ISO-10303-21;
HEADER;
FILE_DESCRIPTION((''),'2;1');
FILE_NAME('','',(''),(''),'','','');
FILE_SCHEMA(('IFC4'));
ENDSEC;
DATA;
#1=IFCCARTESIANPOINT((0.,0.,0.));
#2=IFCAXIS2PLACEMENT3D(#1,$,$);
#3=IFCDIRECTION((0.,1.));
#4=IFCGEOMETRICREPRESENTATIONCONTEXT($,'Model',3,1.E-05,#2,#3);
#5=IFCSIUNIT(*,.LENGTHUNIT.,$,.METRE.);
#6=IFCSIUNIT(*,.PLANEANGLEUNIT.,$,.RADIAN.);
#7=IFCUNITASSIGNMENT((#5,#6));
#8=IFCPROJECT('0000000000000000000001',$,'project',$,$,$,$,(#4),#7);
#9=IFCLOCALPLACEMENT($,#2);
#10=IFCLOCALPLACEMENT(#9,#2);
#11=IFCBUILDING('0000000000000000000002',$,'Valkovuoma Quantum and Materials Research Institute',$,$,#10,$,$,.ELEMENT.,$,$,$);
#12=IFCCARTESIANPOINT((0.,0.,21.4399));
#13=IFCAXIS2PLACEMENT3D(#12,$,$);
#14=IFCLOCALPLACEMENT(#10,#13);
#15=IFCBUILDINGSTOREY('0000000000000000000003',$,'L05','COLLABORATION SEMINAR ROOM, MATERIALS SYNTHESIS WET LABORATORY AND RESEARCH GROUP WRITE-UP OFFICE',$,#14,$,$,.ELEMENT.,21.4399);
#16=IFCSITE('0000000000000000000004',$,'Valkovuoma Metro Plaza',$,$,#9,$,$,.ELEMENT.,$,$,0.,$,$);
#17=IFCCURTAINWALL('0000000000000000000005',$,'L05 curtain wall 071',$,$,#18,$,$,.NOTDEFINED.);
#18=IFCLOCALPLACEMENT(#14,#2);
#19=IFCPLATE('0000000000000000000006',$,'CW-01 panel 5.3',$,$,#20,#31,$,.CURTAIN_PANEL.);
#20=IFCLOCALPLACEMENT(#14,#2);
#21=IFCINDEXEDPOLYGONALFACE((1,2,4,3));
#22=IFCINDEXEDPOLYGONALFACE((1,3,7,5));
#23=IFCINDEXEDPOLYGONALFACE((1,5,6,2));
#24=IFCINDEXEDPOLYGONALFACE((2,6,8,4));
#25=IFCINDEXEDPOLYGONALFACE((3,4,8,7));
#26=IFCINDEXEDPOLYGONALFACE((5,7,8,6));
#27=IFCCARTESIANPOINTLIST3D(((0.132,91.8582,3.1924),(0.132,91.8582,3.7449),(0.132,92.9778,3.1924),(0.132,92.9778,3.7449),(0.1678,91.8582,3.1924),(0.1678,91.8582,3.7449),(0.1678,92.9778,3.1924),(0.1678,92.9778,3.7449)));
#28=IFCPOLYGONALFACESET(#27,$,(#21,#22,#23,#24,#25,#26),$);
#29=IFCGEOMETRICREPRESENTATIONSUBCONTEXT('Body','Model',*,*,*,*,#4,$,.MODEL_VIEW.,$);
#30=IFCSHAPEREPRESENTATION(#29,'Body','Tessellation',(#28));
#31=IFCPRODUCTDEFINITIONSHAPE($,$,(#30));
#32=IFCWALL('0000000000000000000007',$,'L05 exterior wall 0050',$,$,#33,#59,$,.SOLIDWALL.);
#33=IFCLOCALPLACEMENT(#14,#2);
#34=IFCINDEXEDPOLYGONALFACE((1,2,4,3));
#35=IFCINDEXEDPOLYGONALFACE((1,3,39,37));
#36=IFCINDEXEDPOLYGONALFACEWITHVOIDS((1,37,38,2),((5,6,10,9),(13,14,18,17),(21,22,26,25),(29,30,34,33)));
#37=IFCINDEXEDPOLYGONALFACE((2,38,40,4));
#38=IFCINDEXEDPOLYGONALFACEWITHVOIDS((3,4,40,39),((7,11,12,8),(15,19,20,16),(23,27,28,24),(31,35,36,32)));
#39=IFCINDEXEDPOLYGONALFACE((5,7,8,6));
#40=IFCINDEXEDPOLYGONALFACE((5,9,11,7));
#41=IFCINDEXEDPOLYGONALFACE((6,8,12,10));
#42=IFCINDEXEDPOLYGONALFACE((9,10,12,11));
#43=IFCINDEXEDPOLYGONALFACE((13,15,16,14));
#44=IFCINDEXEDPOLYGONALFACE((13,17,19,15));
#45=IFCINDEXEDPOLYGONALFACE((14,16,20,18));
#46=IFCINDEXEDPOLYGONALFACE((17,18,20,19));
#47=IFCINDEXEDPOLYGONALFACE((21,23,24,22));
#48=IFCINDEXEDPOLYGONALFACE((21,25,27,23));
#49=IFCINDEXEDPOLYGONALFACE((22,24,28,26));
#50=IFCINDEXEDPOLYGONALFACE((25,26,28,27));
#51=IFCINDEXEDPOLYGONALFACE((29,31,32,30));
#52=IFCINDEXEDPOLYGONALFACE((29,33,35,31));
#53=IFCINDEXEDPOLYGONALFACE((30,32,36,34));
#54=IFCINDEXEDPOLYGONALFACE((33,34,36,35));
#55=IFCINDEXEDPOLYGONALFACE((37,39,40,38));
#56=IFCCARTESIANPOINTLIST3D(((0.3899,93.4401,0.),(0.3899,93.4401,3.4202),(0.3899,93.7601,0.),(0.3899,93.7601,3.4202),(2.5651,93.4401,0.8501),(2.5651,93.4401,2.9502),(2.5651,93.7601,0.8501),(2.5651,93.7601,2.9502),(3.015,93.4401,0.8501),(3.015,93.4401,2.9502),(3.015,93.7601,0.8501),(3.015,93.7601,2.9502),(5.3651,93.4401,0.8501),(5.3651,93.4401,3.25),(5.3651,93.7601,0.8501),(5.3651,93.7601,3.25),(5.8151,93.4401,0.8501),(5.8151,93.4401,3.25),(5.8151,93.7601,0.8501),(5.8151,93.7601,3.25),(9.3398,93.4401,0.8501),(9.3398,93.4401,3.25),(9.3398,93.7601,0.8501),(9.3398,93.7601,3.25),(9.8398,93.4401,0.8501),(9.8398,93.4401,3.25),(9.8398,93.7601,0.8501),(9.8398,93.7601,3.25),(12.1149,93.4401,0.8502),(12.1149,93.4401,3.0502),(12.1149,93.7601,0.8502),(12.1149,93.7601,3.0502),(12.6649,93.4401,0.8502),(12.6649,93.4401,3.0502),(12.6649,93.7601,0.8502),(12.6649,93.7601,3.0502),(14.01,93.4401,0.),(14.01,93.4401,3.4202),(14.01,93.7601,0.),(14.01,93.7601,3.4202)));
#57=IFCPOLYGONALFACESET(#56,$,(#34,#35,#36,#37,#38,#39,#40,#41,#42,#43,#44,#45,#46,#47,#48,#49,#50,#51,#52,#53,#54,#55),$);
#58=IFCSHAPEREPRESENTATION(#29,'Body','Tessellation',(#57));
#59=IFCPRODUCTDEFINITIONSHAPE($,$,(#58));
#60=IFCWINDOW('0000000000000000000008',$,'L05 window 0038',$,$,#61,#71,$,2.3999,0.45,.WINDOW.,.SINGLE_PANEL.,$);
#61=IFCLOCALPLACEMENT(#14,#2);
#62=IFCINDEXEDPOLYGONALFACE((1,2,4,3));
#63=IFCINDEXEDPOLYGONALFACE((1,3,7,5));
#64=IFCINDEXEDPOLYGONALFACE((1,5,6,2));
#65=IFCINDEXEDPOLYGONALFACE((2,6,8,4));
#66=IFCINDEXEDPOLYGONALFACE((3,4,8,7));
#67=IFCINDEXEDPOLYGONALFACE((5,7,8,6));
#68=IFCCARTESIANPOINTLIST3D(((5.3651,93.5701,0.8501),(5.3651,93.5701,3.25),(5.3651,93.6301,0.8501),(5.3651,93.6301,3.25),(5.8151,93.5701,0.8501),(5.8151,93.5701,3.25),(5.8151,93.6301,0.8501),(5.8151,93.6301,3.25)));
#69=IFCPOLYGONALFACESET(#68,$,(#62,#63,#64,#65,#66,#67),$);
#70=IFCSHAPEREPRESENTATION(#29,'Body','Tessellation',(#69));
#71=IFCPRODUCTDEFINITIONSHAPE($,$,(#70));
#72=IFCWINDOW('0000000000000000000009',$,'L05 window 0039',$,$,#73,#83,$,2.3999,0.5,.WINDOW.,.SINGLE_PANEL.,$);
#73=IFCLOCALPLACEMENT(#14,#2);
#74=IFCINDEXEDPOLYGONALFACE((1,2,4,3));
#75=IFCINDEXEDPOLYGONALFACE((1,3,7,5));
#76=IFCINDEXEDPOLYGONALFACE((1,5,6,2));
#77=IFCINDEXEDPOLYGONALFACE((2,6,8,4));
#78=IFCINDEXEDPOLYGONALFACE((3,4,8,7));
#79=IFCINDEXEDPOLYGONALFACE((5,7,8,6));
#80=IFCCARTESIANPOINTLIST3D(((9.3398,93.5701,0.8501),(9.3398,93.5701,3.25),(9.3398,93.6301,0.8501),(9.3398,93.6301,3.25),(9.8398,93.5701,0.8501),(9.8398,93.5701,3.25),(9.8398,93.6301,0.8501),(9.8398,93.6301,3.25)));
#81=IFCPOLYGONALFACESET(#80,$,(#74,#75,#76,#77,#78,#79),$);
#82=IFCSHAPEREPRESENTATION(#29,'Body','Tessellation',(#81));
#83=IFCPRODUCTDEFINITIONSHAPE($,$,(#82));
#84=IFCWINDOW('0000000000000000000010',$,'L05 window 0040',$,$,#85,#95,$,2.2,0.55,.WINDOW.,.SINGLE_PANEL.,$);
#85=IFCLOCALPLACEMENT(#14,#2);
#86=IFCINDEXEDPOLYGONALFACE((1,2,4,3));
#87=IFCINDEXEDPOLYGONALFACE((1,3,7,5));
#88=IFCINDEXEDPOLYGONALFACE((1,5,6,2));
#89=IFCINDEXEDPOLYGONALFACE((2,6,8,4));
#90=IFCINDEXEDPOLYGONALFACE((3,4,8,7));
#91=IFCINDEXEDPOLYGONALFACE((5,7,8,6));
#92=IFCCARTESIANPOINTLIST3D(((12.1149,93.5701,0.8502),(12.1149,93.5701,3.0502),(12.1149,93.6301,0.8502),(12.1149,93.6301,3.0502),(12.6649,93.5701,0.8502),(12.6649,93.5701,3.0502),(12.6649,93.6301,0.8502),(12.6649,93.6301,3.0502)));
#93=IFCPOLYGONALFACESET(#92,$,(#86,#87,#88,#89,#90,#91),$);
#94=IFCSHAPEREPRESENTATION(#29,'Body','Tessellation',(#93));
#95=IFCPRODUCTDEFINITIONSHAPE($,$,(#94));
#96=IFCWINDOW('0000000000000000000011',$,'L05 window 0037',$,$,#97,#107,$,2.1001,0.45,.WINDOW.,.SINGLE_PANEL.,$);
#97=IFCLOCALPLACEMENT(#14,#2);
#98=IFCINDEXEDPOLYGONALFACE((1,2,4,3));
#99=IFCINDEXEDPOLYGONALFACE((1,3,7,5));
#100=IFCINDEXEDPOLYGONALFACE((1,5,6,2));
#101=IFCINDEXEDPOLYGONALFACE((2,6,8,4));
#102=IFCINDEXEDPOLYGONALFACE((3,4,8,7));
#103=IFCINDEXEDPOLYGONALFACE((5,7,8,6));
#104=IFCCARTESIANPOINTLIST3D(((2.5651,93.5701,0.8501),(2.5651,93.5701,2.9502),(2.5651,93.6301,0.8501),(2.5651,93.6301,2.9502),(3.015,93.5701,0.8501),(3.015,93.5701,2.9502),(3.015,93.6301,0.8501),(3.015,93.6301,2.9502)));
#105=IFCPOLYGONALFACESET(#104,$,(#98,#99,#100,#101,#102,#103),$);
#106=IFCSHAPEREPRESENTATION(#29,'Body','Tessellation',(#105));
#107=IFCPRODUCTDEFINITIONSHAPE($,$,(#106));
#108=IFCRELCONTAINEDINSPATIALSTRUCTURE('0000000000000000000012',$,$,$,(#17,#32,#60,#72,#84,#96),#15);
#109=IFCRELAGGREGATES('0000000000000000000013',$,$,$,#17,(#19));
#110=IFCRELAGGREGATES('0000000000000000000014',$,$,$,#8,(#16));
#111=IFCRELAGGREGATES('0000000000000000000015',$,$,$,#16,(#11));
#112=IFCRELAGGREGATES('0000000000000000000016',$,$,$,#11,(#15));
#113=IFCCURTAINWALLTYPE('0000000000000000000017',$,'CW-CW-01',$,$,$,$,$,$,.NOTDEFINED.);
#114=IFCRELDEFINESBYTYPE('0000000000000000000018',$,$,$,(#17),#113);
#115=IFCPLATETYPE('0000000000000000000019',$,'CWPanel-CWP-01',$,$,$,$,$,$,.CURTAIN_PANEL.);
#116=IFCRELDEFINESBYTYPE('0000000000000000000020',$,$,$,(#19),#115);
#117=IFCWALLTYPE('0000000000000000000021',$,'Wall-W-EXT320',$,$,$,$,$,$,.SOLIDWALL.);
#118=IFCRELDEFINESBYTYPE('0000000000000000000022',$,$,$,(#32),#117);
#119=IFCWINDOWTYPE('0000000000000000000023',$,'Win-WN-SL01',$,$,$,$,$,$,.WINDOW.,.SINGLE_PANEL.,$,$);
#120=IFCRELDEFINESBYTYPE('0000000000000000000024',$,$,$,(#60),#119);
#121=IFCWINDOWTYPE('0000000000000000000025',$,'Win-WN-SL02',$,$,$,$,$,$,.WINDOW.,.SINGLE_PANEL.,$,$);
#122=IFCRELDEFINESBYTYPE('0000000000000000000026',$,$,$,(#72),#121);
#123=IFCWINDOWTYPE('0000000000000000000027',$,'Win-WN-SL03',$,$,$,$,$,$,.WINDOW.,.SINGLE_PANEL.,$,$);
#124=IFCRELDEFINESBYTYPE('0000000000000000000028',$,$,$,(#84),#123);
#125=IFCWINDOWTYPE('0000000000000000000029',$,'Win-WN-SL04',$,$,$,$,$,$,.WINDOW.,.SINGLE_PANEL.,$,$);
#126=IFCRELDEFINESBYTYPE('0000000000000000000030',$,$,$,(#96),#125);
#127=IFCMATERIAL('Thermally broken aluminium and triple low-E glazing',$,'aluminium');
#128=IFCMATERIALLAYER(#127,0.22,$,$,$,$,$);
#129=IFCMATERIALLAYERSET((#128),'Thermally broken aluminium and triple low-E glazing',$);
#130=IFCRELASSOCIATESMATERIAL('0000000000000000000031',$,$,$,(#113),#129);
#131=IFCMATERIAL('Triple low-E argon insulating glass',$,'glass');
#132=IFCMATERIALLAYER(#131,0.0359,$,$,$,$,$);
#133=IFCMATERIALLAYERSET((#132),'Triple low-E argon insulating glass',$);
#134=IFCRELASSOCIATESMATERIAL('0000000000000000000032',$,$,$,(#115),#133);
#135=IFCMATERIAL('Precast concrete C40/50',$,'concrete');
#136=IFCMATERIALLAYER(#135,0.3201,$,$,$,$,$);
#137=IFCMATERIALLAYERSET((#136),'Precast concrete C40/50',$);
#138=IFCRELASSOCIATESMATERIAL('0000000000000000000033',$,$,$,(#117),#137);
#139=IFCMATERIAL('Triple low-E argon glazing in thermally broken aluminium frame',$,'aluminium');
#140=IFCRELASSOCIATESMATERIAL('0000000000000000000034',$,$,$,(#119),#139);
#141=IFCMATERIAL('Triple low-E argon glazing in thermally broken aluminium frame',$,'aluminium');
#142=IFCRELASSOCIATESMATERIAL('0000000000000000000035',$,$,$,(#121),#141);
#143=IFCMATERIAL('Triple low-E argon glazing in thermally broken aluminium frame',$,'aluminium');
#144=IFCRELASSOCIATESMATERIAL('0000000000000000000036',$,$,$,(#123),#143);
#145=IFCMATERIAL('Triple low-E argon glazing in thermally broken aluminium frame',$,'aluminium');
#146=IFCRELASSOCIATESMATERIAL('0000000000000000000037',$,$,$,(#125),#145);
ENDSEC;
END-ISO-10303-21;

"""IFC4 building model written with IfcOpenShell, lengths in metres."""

from ifc_helpers import new_model, si_unit, direction, frame, frame_2d, origin, origin_2d, place, context, subcontext, project, spatial, rectangle, extrude, material, layer, layer_set, type_object, element, fill, aggregate, save


model = new_model("IFC4")

# Units and contexts
model_context = context("Model", 3, precision=1e-05, world=origin(), true_north=direction((0.0, 1.0)))
body_context = subcontext(model_context, "Body", "Model", "MODEL_VIEW")
ifc_project = project(units=[si_unit("LENGTHUNIT", "METRE"), si_unit("PLANEANGLEUNIT", "RADIAN")], contexts=[model_context])

# Site, building, storey
site_placement = place(None, origin())
site = spatial("IfcSite", under=ifc_project, at=site_placement, Name="Valkovuoma Metro Plaza", CompositionType="ELEMENT", RefElevation=0.0)
building_placement = place(site_placement, origin())
building = spatial("IfcBuilding", under=site, at=building_placement, Name="Valkovuoma Quantum and Materials Research Institute", CompositionType="ELEMENT")
storey_placement = place(building_placement, frame((0.0, 0.0, 21.4399)))
storey = spatial("IfcBuildingStorey", under=building, at=storey_placement, Name="L05", Description="COLLABORATION SEMINAR ROOM, MATERIALS SYNTHESIS WET LABORATORY AND RESEARCH GROUP WRITE-UP OFFICE", CompositionType="ELEMENT", Elevation=21.4399)

# Curtain wall, plate
ifc_material_1 = material(Name="Thermally broken aluminium and triple low-E glazing", Category="aluminium")
ifc_layer_1 = layer(ifc_material_1, 0.22)
ifc_layer_set_1 = layer_set([ifc_layer_1], Name="Thermally broken aluminium and triple low-E glazing")
curtain_wall_type = type_object("IfcCurtainWallType", Name="CW-CW-01", PredefinedType="NOTDEFINED", material=ifc_layer_set_1)
curtain_wall_placement = place(storey_placement, origin())
curtain_wall = element("IfcCurtainWall", 1, at=curtain_wall_placement, inside=storey, type_object=curtain_wall_type, Name="L05 curtain wall 071", PredefinedType="NOTDEFINED")
ifc_material_2 = material(Name="Triple low-E argon insulating glass", Category="glass")
ifc_layer_2 = layer(ifc_material_2, 0.0359)
ifc_layer_set_2 = layer_set([ifc_layer_2], Name="Triple low-E argon insulating glass")
plate_type = type_object("IfcPlateType", Name="CWPanel-CWP-01", PredefinedType="CURTAIN_PANEL", material=ifc_layer_set_2)
plate_1_placement = place(storey_placement, frame((0.1499, 92.418, 3.1924), z_axis=(0.0, 0.0, 1.0), x_axis=(0.0, 1.0, 0.0)))
plate_1 = element("IfcPlate", 2, at=plate_1_placement, type_object=plate_type, Name="CW-01 panel 5.3", PredefinedType="CURTAIN_PANEL", context=body_context, shape_type="SweptSolid", body=[
    extrude(rectangle(XDim=1.1196, YDim=0.0359, at=origin_2d()), origin(), (0.0, 0.0, 1.0), 0.5525),
])
aggregate(curtain_wall, [plate_1])

# Wall, openings, windows
ifc_material_3 = material(Name="Precast concrete C40/50", Category="concrete")
ifc_layer_3 = layer(ifc_material_3, 0.3201)
ifc_layer_set_3 = layer_set([ifc_layer_3], Name="Precast concrete C40/50")
wall_type = type_object("IfcWallType", Name="Wall-W-EXT320", PredefinedType="SOLIDWALL", material=ifc_layer_set_3)
wall_placement = place(storey_placement, frame((0.3899, 93.6001, 0.0), z_axis=(0.0, 0.0, 1.0), x_axis=(1.0, 0.0, 0.0)))
wall = element("IfcWall", 3, at=wall_placement, inside=storey, type_object=wall_type, Name="L05 exterior wall 0050", PredefinedType="SOLIDWALL", context=body_context, shape_type="SweptSolid", body=[
    extrude(rectangle(XDim=13.6201, YDim=0.3201, at=frame_2d((6.8101, 0.0))), origin(), (0.0, 0.0, 1.0), 3.4202),
])
opening_1_placement = place(wall_placement, frame((2.175, 0.0, 0.8501)))
opening_1 = element("IfcOpeningElement", 4, at=opening_1_placement, cuts=wall, PredefinedType="OPENING", context=body_context, shape_type="SweptSolid", body=[
    extrude(rectangle(XDim=0.45, YDim=2.1001, at=frame_2d((0.2251, 1.05))), frame((0.0, 0.1699, 0.0), z_axis=(0.0, -1.0, 0.0), x_axis=(1.0, 0.0, 0.0)), (0.0, 0.0, 1.0), 0.3401),
])
opening_2_placement = place(wall_placement, frame((4.9751, 0.0, 0.8501)))
opening_2 = element("IfcOpeningElement", 5, at=opening_2_placement, cuts=wall, PredefinedType="OPENING", context=body_context, shape_type="SweptSolid", body=[
    extrude(rectangle(XDim=0.45, YDim=2.3999, at=frame_2d((0.2251, 1.2))), frame((0.0, 0.1699, 0.0), z_axis=(0.0, -1.0, 0.0), x_axis=(1.0, 0.0, 0.0)), (0.0, 0.0, 1.0), 0.3401),
])
opening_3_placement = place(wall_placement, frame((8.95, 0.0, 0.8501)))
opening_3 = element("IfcOpeningElement", 6, at=opening_3_placement, cuts=wall, PredefinedType="OPENING", context=body_context, shape_type="SweptSolid", body=[
    extrude(rectangle(XDim=0.5, YDim=2.3999, at=frame_2d((0.25, 1.2))), frame((0.0, 0.1699, 0.0), z_axis=(0.0, -1.0, 0.0), x_axis=(1.0, 0.0, 0.0)), (0.0, 0.0, 1.0), 0.3401),
])
opening_4_placement = place(wall_placement, frame((11.7251, 0.0, 0.8501)))
opening_4 = element("IfcOpeningElement", 7, at=opening_4_placement, cuts=wall, PredefinedType="OPENING", context=body_context, shape_type="SweptSolid", body=[
    extrude(rectangle(XDim=0.55, YDim=2.2, at=frame_2d((0.2749, 1.1001))), frame((0.0, 0.1699, 0.0), z_axis=(0.0, -1.0, 0.0), x_axis=(1.0, 0.0, 0.0)), (0.0, 0.0, 1.0), 0.3401),
])
ifc_material_4 = material(Name="Triple low-E argon glazing in thermally broken aluminium frame", Category="aluminium")
window_type_1 = type_object("IfcWindowType", Name="Win-WN-SL01", PartitioningType="SINGLE_PANEL", PredefinedType="WINDOW", material=ifc_material_4)
window_1_placement = place(opening_2_placement, origin())
window_1 = element("IfcWindow", 8, at=window_1_placement, inside=storey, type_object=window_type_1, Name="L05 window 0038", OverallHeight=2.3999, OverallWidth=0.45, PartitioningType="SINGLE_PANEL", PredefinedType="WINDOW", context=body_context, shape_type="SweptSolid", body=[
    extrude(rectangle(XDim=0.45, YDim=2.3999, at=frame_2d((0.2251, 1.2))), frame((0.0, 0.03, 0.0), z_axis=(0.0, -1.0, 0.0), x_axis=(1.0, 0.0, 0.0)), (0.0, 0.0, 1.0), 0.0601),
])
fill(opening_2, window_1)
ifc_material_5 = material(Name="Triple low-E argon glazing in thermally broken aluminium frame", Category="aluminium")
window_type_2 = type_object("IfcWindowType", Name="Win-WN-SL02", PartitioningType="SINGLE_PANEL", PredefinedType="WINDOW", material=ifc_material_5)
window_2_placement = place(opening_3_placement, origin())
window_2 = element("IfcWindow", 9, at=window_2_placement, inside=storey, type_object=window_type_2, Name="L05 window 0039", OverallHeight=2.3999, OverallWidth=0.5, PartitioningType="SINGLE_PANEL", PredefinedType="WINDOW", context=body_context, shape_type="SweptSolid", body=[
    extrude(rectangle(XDim=0.5, YDim=2.3999, at=frame_2d((0.25, 1.2))), frame((0.0, 0.03, 0.0), z_axis=(0.0, -1.0, 0.0), x_axis=(1.0, 0.0, 0.0)), (0.0, 0.0, 1.0), 0.0601),
])
fill(opening_3, window_2)
ifc_material_6 = material(Name="Triple low-E argon glazing in thermally broken aluminium frame", Category="aluminium")
window_type_3 = type_object("IfcWindowType", Name="Win-WN-SL03", PartitioningType="SINGLE_PANEL", PredefinedType="WINDOW", material=ifc_material_6)
window_3_placement = place(opening_4_placement, origin())
window_3 = element("IfcWindow", 10, at=window_3_placement, inside=storey, type_object=window_type_3, Name="L05 window 0040", OverallHeight=2.2, OverallWidth=0.55, PartitioningType="SINGLE_PANEL", PredefinedType="WINDOW", context=body_context, shape_type="SweptSolid", body=[
    extrude(rectangle(XDim=0.55, YDim=2.2, at=frame_2d((0.2749, 1.1001))), frame((0.0, 0.03, 0.0), z_axis=(0.0, -1.0, 0.0), x_axis=(1.0, 0.0, 0.0)), (0.0, 0.0, 1.0), 0.0601),
])
fill(opening_4, window_3)
ifc_material_7 = material(Name="Triple low-E argon glazing in thermally broken aluminium frame", Category="aluminium")
window_type_4 = type_object("IfcWindowType", Name="Win-WN-SL04", PartitioningType="SINGLE_PANEL", PredefinedType="WINDOW", material=ifc_material_7)
window_4_placement = place(opening_1_placement, origin())
window_4 = element("IfcWindow", 11, at=window_4_placement, inside=storey, type_object=window_type_4, Name="L05 window 0037", OverallHeight=2.1001, OverallWidth=0.45, PartitioningType="SINGLE_PANEL", PredefinedType="WINDOW", context=body_context, shape_type="SweptSolid", body=[
    extrude(rectangle(XDim=0.45, YDim=2.1001, at=frame_2d((0.2251, 1.05))), frame((0.0, 0.03, 0.0), z_axis=(0.0, -1.0, 0.0), x_axis=(1.0, 0.0, 0.0)), (0.0, 0.0, 1.0), 0.0601),
])
fill(opening_1, window_4)

save(model, "model.ifc")
